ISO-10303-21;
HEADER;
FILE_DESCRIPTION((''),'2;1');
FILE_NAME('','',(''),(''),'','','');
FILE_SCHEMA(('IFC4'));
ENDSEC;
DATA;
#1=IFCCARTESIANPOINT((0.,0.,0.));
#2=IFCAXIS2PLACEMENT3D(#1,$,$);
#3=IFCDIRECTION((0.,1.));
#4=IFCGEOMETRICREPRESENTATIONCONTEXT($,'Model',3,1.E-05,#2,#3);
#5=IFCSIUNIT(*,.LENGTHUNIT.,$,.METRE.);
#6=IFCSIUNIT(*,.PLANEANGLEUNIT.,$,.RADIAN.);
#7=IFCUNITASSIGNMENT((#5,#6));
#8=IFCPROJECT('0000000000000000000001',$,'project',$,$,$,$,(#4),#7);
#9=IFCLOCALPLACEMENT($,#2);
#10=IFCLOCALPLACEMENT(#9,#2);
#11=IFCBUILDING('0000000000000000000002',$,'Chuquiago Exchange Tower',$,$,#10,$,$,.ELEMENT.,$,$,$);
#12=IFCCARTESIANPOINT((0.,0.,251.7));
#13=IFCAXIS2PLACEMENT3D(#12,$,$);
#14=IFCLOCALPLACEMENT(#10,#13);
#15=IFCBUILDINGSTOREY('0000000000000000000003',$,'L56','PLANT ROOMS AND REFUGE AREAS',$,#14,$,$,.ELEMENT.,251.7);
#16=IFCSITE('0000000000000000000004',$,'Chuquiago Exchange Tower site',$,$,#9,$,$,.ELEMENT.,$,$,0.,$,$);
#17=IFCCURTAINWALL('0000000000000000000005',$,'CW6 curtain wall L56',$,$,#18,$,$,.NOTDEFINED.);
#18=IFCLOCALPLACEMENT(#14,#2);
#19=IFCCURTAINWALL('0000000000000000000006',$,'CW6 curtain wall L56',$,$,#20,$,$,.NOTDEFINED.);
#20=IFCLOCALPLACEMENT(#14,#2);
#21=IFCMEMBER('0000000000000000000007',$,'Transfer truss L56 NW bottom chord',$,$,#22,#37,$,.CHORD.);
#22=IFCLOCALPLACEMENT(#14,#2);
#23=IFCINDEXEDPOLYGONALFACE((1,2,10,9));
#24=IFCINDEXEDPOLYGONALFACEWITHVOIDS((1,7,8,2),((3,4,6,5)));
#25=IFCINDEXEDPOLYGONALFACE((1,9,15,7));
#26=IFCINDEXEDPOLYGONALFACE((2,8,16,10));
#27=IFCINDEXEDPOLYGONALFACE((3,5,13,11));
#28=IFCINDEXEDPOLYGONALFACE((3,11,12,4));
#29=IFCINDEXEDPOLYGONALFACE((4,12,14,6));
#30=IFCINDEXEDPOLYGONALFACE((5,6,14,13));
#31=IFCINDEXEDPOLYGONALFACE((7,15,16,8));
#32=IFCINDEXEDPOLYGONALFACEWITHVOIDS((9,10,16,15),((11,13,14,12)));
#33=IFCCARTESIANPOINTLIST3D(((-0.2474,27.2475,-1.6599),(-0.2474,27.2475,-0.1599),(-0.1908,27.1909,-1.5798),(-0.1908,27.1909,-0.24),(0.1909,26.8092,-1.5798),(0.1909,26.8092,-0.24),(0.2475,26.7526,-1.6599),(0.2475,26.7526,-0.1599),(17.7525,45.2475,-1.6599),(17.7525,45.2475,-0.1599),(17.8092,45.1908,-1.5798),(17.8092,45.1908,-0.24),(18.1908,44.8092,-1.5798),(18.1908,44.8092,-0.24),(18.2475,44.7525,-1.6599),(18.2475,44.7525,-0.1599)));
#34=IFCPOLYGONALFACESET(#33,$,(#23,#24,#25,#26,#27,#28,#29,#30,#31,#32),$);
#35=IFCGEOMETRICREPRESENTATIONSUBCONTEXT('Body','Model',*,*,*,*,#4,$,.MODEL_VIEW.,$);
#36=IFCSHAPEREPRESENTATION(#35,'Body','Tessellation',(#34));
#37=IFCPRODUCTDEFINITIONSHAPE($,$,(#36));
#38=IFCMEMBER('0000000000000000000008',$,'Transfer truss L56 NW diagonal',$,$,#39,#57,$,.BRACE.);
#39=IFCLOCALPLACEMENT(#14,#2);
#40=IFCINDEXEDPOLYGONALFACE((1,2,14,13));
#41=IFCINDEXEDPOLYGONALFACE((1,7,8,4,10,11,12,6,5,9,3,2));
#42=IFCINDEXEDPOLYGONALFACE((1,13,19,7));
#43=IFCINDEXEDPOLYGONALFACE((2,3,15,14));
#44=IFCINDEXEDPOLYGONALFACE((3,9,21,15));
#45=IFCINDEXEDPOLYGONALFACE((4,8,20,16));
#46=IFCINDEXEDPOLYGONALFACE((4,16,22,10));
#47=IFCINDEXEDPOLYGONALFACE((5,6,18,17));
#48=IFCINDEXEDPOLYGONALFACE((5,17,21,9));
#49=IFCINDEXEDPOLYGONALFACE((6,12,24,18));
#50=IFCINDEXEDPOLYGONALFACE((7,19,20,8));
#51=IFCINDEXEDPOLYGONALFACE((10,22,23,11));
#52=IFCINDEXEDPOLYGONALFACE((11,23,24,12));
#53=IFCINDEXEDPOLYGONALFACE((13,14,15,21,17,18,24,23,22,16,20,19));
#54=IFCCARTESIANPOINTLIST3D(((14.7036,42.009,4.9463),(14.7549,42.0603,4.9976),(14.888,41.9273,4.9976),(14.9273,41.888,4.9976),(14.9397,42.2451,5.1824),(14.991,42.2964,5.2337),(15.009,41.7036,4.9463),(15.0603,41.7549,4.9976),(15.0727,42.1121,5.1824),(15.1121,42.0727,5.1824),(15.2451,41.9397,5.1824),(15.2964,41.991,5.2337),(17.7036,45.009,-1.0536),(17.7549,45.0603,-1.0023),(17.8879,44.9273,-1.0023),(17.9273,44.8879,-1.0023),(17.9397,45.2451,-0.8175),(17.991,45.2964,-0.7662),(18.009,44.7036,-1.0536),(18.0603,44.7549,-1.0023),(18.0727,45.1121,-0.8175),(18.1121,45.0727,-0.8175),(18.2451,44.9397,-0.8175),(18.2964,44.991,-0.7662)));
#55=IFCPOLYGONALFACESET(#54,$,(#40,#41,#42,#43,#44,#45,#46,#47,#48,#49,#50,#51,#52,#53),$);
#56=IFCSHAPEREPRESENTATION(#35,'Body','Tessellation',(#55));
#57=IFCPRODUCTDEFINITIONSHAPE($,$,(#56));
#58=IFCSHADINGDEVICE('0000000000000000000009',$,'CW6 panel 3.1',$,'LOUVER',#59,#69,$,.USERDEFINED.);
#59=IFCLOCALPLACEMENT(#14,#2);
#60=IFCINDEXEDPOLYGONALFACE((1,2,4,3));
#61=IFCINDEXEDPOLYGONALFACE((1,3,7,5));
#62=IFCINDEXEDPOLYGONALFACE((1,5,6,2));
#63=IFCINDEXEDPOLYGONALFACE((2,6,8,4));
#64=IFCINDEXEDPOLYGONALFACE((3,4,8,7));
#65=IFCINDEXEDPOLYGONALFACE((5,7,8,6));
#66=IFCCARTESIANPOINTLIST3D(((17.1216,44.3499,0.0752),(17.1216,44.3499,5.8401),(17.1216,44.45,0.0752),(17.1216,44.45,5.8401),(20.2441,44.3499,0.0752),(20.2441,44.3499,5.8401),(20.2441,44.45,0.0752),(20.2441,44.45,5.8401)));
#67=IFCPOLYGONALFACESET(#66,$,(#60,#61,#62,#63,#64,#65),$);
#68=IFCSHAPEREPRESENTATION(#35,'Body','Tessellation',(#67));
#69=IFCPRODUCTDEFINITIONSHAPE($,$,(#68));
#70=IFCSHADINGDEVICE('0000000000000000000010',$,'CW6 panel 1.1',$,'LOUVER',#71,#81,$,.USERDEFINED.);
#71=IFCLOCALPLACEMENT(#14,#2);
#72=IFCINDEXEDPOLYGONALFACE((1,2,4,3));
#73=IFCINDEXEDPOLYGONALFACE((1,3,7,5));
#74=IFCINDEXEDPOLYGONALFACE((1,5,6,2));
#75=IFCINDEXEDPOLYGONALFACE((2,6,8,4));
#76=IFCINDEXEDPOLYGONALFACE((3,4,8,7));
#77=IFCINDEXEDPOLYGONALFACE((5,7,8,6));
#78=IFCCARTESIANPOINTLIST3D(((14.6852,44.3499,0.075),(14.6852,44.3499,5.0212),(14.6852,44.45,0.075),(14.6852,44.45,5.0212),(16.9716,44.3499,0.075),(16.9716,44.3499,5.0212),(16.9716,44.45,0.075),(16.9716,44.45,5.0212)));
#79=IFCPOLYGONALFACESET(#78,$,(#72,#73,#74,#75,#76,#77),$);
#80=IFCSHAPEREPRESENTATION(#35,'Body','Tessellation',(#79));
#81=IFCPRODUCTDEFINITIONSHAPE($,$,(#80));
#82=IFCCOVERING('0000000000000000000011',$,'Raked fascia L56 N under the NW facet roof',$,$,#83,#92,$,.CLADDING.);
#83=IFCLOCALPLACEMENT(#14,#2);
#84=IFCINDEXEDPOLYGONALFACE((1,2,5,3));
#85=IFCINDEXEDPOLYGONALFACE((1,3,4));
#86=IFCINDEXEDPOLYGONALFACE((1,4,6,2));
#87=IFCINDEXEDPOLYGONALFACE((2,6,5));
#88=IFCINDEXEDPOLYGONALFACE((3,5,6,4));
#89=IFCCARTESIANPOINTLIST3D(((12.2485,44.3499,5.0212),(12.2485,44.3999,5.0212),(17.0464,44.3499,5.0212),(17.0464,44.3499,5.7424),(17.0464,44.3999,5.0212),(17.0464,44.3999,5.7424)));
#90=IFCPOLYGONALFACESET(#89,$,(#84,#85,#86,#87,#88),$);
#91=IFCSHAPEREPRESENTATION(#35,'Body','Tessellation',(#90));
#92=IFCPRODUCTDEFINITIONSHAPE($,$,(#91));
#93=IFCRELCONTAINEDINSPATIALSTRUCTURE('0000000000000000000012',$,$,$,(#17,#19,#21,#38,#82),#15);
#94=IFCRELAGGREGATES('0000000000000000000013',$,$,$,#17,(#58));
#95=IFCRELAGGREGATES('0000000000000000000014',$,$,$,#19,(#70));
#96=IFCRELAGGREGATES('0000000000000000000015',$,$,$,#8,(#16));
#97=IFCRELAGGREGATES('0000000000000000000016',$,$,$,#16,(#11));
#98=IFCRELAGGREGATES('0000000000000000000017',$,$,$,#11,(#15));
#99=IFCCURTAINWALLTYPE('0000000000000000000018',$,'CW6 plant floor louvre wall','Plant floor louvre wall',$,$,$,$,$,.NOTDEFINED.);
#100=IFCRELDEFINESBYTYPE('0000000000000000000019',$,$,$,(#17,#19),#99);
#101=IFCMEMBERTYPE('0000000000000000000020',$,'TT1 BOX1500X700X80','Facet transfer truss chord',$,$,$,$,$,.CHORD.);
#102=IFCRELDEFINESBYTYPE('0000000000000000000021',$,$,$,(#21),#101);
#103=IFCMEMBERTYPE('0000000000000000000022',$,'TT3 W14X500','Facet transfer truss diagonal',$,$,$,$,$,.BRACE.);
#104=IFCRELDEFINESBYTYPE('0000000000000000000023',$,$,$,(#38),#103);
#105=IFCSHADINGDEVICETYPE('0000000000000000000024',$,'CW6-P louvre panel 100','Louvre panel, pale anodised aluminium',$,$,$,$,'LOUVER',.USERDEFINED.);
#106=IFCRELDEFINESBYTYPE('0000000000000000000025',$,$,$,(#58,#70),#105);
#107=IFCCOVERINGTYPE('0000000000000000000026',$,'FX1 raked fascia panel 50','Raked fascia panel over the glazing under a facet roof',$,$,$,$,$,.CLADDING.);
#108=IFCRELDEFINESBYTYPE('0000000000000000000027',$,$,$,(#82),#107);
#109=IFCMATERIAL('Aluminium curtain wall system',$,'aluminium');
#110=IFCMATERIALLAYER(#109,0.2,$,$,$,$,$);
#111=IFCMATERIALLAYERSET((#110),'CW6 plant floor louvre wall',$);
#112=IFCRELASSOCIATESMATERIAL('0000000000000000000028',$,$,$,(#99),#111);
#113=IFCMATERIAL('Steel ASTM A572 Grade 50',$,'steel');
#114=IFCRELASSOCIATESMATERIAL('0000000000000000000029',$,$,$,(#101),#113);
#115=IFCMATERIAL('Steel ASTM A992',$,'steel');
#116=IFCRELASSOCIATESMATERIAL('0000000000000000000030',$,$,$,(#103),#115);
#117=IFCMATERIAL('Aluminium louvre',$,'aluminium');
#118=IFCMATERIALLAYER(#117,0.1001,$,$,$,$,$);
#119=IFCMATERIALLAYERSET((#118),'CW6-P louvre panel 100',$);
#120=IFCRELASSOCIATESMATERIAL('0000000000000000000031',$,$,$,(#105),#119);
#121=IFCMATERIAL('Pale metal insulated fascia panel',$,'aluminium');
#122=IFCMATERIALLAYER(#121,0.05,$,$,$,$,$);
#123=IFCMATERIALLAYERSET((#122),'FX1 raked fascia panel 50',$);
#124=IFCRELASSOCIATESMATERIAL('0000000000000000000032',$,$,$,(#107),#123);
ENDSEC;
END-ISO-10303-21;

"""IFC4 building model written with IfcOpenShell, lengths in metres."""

from ifc_helpers import new_model, si_unit, direction, frame, origin, origin_2d, place, context, subcontext, project, spatial, polyline, rectangle, hollow_rectangle, i_section, outline, extrude, material, layer, layer_set, material_profile, profile_set, type_object, element, aggregate, save


model = new_model("IFC4")

# Units and contexts
model_context = context("Model", 3, precision=1e-05, world=origin(), true_north=direction((0.0, 1.0)))
body_context = subcontext(model_context, "Body", "Model", "MODEL_VIEW")
ifc_project = project(units=[si_unit("LENGTHUNIT", "METRE"), si_unit("PLANEANGLEUNIT", "RADIAN")], contexts=[model_context])

# Site, building, storey
site_placement = place(None, origin())
site = spatial("IfcSite", under=ifc_project, at=site_placement, Name="Chuquiago Exchange Tower site", CompositionType="ELEMENT", RefElevation=0.0)
building_placement = place(site_placement, origin())
building = spatial("IfcBuilding", under=site, at=building_placement, Name="Chuquiago Exchange Tower", CompositionType="ELEMENT")
storey_placement = place(building_placement, frame((0.0, 0.0, 251.7)))
storey = spatial("IfcBuildingStorey", under=building, at=storey_placement, Name="L56", Description="PLANT ROOMS AND REFUGE AREAS", CompositionType="ELEMENT", Elevation=251.7)

# Curtain wall
ifc_material_1 = material(Name="Aluminium curtain wall system", Category="aluminium")
ifc_layer_1 = layer(ifc_material_1, 0.2)
ifc_layer_set_1 = layer_set([ifc_layer_1], Name="CW6 plant floor louvre wall")
curtain_wall_type = type_object("IfcCurtainWallType", Name="CW6 plant floor louvre wall", Description="Plant floor louvre wall", PredefinedType="NOTDEFINED", material=ifc_layer_set_1)
curtain_wall_1_placement = place(storey_placement, origin())
curtain_wall_1 = element("IfcCurtainWall", 1, at=curtain_wall_1_placement, inside=storey, type_object=curtain_wall_type, Name="CW6 curtain wall L56", PredefinedType="NOTDEFINED")

# Curtain wall
curtain_wall_2_placement = place(storey_placement, origin())
curtain_wall_2 = element("IfcCurtainWall", 2, at=curtain_wall_2_placement, inside=storey, type_object=curtain_wall_type, Name="CW6 curtain wall L56", PredefinedType="NOTDEFINED")

# Members
ifc_material_2 = material(Name="Steel ASTM A572 Grade 50", Category="steel")
ifc_material_profile_1 = material_profile(ifc_material_2, hollow_rectangle(XDim=0.7, YDim=1.5, WallThickness=0.0801, at=origin_2d()), Name="BOX1500X700X80")
ifc_profile_set_1 = profile_set([ifc_material_profile_1], Name="Steel ASTM A572 Grade 50")
member_type_1 = type_object("IfcMemberType", Name="TT1 BOX1500X700X80", Description="Facet transfer truss chord", PredefinedType="CHORD", material=ifc_profile_set_1)
member_1_placement = place(storey_placement, frame((18.0, 45.0, -0.9099), z_axis=(-0.707107, -0.707107, 0.0), x_axis=(0.707107, -0.707107, 0.0)))
element("IfcMember", 3, at=member_1_placement, inside=storey, type_object=member_type_1, Name="Transfer truss L56 NW bottom chord", PredefinedType="CHORD", context=body_context, shape_type="SweptSolid", body=[
    extrude(hollow_rectangle(XDim=0.7, YDim=1.5, WallThickness=0.0801, at=origin_2d()), origin(), (0.0, 0.0, 1.0), 25.4558),
])
ifc_material_3 = material(Name="Steel ASTM A992", Category="steel")
ifc_material_profile_2 = material_profile(ifc_material_3, i_section(OverallWidth=0.4319, OverallDepth=0.4978, WebThickness=0.0557, FlangeThickness=0.0889, at=origin_2d()), Name="W14X500")
ifc_profile_set_2 = profile_set([ifc_material_profile_2], Name="Steel ASTM A992")
member_type_2 = type_object("IfcMemberType", Name="TT3 W14X500", Description="Facet transfer truss diagonal", PredefinedType="BRACE", material=ifc_profile_set_2)
member_2_placement = place(storey_placement, frame((18.0, 45.0, -0.9099), z_axis=(-0.408248, -0.408248, 0.816497), x_axis=(0.707107, -0.707107, 0.0)))
element("IfcMember", 4, at=member_2_placement, inside=storey, type_object=member_type_2, Name="Transfer truss L56 NW diagonal", PredefinedType="BRACE", context=body_context, shape_type="SweptSolid", body=[
    extrude(i_section(OverallWidth=0.4319, OverallDepth=0.4978, WebThickness=0.0557, FlangeThickness=0.0889, at=origin_2d()), origin(), (0.0, 0.0, 1.0), 7.3484),
])

# Shading devices
ifc_material_4 = material(Name="Aluminium louvre", Category="aluminium")
ifc_layer_2 = layer(ifc_material_4, 0.1001)
ifc_layer_set_2 = layer_set([ifc_layer_2], Name="CW6-P louvre panel 100")
shading_device_type = type_object("IfcShadingDeviceType", Name="CW6-P louvre panel 100", Description="Louvre panel, pale anodised aluminium", ElementType="LOUVER", PredefinedType="USERDEFINED", material=ifc_layer_set_2)
shading_device_1_placement = place(storey_placement, frame((18.6829, 44.3999, 0.0752), z_axis=(0.0, 0.0, 1.0), x_axis=(-1.0, 0.0, 0.0)))
shading_device_1 = element("IfcShadingDevice", 5, at=shading_device_1_placement, type_object=shading_device_type, Name="CW6 panel 3.1", ObjectType="LOUVER", PredefinedType="USERDEFINED", context=body_context, shape_type="SweptSolid", body=[
    extrude(rectangle(XDim=3.1226, YDim=0.1001, at=origin_2d()), origin(), (0.0, 0.0, 1.0), 5.7649),
])
aggregate(curtain_wall_1, [shading_device_1])
shading_device_2_placement = place(storey_placement, frame((15.8284, 44.3999, 0.075), z_axis=(0.0, 0.0, 1.0), x_axis=(-1.0, 0.0, 0.0)))
shading_device_2 = element("IfcShadingDevice", 6, at=shading_device_2_placement, type_object=shading_device_type, Name="CW6 panel 1.1", ObjectType="LOUVER", PredefinedType="USERDEFINED", context=body_context, shape_type="SweptSolid", body=[
    extrude(rectangle(XDim=2.2864, YDim=0.1001, at=origin_2d()), origin(), (0.0, 0.0, 1.0), 4.9463),
])
aggregate(curtain_wall_2, [shading_device_2])

# Covering
ifc_material_5 = material(Name="Pale metal insulated fascia panel", Category="aluminium")
ifc_layer_3 = layer(ifc_material_5, 0.05)
ifc_layer_set_3 = layer_set([ifc_layer_3], Name="FX1 raked fascia panel 50")
covering_type_1 = type_object("IfcCoveringType", Name="FX1 raked fascia panel 50", Description="Raked fascia panel over the glazing under a facet roof", PredefinedType="CLADDING", material=ifc_layer_set_3)
covering_1_placement = place(storey_placement, frame((17.0464, 44.3999, 5.0212), z_axis=(0.0, 1.0, 0.0), x_axis=(-1.0, 0.0, 0.0)))
element("IfcCovering", 7, at=covering_1_placement, inside=storey, type_object=covering_type_1, Name="Raked fascia L56 N under the NW facet roof", PredefinedType="CLADDING", context=body_context, shape_type="SweptSolid", body=[
    extrude(outline(polyline([(0.0, 0.0), (4.7979, 0.0), (0.0, 0.7212), (0.0, 0.0)])), origin(), (0.0, 0.0, -1.0), 0.05),
])

save(model, "model.ifc")
